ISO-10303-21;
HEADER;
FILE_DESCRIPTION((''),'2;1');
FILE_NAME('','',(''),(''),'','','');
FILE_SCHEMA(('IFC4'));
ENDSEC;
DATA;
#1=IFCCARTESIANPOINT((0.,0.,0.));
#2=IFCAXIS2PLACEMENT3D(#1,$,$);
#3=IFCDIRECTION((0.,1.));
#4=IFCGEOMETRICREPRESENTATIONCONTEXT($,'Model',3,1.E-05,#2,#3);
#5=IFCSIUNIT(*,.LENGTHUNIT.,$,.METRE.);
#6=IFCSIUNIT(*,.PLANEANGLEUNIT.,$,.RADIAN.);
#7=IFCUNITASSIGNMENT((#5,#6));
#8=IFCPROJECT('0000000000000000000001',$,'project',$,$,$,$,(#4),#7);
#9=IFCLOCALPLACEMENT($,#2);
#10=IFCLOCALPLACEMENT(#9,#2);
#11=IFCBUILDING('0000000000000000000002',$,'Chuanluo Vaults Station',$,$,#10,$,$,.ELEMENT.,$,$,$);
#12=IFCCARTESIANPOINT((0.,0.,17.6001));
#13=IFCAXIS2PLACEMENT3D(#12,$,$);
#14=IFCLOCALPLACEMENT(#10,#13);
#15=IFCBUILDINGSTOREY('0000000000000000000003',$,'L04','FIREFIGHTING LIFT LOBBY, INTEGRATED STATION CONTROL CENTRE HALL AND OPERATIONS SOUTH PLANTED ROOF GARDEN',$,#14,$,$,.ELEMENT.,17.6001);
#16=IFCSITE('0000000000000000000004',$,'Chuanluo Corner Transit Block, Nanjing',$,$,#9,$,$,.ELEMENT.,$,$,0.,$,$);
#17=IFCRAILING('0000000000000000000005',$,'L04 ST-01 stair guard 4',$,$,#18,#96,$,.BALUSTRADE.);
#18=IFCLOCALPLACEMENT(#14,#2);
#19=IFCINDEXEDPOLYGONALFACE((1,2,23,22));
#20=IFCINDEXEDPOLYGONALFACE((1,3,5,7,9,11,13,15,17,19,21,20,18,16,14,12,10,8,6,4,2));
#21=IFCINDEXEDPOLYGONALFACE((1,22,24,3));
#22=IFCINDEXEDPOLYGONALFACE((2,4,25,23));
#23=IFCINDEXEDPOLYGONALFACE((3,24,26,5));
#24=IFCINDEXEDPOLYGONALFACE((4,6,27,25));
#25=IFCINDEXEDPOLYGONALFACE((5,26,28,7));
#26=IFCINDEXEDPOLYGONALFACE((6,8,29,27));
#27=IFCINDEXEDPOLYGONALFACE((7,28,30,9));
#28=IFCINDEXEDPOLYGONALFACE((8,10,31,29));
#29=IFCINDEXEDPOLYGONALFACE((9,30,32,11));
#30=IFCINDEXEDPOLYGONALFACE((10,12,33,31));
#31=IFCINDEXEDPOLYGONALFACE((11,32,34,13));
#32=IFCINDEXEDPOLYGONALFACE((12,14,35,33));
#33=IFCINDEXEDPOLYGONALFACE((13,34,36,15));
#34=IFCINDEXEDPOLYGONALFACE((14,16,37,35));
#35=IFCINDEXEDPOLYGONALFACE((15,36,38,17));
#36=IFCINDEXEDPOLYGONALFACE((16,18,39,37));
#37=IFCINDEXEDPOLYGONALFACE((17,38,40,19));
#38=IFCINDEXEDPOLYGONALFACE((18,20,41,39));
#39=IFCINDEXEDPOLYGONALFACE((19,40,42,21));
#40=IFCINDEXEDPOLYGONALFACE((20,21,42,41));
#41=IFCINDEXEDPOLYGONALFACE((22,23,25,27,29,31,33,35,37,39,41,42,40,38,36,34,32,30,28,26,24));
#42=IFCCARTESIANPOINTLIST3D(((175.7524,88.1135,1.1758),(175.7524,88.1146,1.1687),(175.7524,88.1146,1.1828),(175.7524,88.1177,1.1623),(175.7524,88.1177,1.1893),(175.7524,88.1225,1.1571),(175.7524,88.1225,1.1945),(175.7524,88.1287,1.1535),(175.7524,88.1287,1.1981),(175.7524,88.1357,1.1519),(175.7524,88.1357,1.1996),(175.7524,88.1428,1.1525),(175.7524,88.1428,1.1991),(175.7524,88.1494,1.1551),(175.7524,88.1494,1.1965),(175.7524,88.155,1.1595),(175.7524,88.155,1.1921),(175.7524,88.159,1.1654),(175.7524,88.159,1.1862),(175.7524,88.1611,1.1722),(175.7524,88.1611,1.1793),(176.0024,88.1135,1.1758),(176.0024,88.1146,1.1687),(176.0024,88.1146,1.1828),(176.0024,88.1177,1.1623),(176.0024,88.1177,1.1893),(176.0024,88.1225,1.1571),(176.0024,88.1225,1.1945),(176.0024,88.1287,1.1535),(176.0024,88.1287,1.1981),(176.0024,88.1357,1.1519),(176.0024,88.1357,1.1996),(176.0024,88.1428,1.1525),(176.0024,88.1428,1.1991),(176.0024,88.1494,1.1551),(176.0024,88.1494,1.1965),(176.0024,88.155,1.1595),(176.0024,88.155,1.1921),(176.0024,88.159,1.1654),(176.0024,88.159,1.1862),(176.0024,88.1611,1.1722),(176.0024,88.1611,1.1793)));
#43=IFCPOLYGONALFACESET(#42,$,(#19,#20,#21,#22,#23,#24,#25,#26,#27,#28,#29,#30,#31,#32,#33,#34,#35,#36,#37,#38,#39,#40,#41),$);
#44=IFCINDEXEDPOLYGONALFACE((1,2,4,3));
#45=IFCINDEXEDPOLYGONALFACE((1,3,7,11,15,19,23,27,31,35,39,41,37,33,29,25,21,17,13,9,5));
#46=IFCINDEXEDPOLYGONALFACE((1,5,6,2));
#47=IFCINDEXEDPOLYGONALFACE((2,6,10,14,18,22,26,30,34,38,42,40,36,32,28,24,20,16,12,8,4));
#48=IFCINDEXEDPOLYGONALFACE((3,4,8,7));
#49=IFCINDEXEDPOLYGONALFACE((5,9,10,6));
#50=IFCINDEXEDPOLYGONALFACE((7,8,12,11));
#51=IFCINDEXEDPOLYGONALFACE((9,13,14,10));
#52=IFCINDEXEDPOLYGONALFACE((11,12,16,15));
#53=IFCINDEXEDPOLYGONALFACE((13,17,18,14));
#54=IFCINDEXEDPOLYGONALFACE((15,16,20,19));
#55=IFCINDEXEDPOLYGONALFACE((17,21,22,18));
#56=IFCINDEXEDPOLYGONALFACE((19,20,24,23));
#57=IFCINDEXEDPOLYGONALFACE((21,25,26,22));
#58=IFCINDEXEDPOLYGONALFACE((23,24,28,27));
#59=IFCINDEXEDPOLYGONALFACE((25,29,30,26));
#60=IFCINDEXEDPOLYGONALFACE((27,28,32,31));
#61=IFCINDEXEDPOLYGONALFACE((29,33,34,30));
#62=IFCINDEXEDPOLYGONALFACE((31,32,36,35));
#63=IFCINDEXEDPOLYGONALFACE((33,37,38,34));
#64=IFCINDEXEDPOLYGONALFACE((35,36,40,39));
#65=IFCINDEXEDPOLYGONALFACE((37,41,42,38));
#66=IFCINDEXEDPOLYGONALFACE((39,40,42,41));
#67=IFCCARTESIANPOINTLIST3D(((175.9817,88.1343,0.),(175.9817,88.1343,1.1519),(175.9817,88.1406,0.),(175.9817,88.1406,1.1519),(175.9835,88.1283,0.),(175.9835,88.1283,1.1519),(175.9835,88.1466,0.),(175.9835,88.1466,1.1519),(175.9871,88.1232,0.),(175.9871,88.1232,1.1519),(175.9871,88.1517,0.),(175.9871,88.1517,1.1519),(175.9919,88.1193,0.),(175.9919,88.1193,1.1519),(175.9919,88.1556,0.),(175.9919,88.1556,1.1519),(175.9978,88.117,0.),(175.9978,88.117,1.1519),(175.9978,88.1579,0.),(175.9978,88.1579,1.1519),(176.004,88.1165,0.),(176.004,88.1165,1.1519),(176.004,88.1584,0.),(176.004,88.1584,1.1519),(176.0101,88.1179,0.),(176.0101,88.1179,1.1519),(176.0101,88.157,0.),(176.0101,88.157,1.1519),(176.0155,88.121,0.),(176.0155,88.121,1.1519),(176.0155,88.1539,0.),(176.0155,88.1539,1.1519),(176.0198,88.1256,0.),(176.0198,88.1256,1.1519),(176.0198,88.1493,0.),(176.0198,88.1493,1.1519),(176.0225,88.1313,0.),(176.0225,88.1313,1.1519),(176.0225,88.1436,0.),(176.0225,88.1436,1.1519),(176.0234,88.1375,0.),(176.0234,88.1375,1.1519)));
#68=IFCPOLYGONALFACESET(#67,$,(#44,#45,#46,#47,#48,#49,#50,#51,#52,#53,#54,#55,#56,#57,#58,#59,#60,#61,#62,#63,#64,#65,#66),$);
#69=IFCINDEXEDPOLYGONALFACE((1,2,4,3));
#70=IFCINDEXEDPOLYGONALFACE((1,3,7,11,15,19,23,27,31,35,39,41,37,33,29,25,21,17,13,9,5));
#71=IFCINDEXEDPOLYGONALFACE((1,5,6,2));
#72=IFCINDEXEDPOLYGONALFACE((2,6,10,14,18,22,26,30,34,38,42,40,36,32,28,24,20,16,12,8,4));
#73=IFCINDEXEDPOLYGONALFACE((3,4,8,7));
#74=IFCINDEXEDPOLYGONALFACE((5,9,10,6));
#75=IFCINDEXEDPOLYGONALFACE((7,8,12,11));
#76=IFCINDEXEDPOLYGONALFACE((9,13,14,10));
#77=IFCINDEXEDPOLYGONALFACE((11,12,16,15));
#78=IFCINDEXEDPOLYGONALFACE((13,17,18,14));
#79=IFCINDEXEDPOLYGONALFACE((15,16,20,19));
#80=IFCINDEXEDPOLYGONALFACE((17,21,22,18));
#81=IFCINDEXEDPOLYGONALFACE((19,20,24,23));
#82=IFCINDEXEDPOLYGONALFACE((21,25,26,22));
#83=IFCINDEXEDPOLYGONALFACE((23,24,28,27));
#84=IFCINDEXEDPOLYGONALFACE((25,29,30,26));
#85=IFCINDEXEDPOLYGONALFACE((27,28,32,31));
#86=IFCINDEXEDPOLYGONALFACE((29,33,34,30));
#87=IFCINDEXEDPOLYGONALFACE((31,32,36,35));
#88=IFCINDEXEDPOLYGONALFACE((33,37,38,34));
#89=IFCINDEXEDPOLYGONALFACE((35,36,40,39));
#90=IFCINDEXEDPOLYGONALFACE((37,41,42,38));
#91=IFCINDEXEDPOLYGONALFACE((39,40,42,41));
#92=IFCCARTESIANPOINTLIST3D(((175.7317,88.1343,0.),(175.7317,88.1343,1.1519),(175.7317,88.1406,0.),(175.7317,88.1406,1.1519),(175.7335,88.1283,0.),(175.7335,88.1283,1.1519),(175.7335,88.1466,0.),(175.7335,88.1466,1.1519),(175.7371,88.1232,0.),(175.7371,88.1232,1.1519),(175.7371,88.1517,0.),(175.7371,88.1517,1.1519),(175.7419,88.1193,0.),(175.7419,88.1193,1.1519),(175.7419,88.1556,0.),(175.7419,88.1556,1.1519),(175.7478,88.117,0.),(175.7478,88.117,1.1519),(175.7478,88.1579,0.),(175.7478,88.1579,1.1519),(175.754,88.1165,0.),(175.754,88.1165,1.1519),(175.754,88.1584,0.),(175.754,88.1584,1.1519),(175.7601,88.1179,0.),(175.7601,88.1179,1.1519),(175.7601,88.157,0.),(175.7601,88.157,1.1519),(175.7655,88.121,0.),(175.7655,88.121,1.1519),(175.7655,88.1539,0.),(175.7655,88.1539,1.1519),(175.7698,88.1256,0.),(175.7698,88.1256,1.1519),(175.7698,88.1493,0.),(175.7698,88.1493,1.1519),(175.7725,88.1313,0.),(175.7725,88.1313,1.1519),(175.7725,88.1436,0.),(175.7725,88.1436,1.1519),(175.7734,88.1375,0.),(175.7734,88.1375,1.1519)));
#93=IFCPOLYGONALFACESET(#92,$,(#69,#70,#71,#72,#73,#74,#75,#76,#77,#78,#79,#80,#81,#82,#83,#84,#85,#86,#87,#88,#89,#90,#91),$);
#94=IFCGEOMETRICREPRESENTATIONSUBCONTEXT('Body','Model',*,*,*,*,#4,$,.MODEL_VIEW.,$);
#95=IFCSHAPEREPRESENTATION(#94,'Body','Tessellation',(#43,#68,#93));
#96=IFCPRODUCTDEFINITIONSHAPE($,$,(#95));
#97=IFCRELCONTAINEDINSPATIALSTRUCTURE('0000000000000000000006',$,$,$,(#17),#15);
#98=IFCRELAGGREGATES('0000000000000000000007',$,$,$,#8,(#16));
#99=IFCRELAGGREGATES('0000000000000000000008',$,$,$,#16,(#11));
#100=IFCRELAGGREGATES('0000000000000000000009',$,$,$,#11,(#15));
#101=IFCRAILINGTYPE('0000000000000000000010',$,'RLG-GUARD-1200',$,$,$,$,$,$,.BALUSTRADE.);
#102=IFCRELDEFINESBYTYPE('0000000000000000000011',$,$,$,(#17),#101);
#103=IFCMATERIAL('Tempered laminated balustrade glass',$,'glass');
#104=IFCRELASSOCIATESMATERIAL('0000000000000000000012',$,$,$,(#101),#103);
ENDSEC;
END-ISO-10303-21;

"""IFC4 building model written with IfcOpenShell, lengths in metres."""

from ifc_helpers import new_model, si_unit, direction, frame, origin, origin_2d, place, context, subcontext, project, spatial, circle, extrude, material, type_object, element, save


model = new_model("IFC4")

# Units and contexts
model_context = context("Model", 3, precision=1e-05, world=origin(), true_north=direction((0.0, 1.0)))
body_context = subcontext(model_context, "Body", "Model", "MODEL_VIEW")
ifc_project = project(units=[si_unit("LENGTHUNIT", "METRE"), si_unit("PLANEANGLEUNIT", "RADIAN")], contexts=[model_context])

# Site, building, storey
site_placement = place(None, origin())
site = spatial("IfcSite", under=ifc_project, at=site_placement, Name="Chuanluo Corner Transit Block, Nanjing", CompositionType="ELEMENT", RefElevation=0.0)
building_placement = place(site_placement, origin())
building = spatial("IfcBuilding", under=site, at=building_placement, Name="Chuanluo Vaults Station", CompositionType="ELEMENT")
storey_placement = place(building_placement, frame((0.0, 0.0, 17.6001)))
storey = spatial("IfcBuildingStorey", under=building, at=storey_placement, Name="L04", Description="FIREFIGHTING LIFT LOBBY, INTEGRATED STATION CONTROL CENTRE HALL AND OPERATIONS SOUTH PLANTED ROOF GARDEN", CompositionType="ELEMENT", Elevation=17.6001)

# Railing
ifc_material_1 = material(Name="Tempered laminated balustrade glass", Category="glass")
railing_type_1 = type_object("IfcRailingType", Name="RLG-GUARD-1200", PredefinedType="BALUSTRADE", material=ifc_material_1)
railing_1_placement = place(storey_placement, frame((176.0024, 88.1375, 0.0)))
element("IfcRailing", 1, at=railing_1_placement, inside=storey, type_object=railing_type_1, Name="L04 ST-01 stair guard 4", PredefinedType="BALUSTRADE", context=body_context, shape_type="SweptSolid", body=[
    extrude(circle(Radius=0.0239, at=origin_2d()), frame((0.0, 0.0, 1.1758), z_axis=(-1.0, 0.0, 0.0), x_axis=(0.0, -1.0, 0.0)), (0.0, 0.0, 1.0), 0.25),
    extrude(circle(Radius=0.021, at=origin_2d()), origin(), (0.0, 0.0, 1.0), 1.1519),
    extrude(circle(Radius=0.021, at=origin_2d()), frame((-0.25, 0.0, 0.0)), (0.0, 0.0, 1.0), 1.1519),
])

save(model, "model.ifc")
